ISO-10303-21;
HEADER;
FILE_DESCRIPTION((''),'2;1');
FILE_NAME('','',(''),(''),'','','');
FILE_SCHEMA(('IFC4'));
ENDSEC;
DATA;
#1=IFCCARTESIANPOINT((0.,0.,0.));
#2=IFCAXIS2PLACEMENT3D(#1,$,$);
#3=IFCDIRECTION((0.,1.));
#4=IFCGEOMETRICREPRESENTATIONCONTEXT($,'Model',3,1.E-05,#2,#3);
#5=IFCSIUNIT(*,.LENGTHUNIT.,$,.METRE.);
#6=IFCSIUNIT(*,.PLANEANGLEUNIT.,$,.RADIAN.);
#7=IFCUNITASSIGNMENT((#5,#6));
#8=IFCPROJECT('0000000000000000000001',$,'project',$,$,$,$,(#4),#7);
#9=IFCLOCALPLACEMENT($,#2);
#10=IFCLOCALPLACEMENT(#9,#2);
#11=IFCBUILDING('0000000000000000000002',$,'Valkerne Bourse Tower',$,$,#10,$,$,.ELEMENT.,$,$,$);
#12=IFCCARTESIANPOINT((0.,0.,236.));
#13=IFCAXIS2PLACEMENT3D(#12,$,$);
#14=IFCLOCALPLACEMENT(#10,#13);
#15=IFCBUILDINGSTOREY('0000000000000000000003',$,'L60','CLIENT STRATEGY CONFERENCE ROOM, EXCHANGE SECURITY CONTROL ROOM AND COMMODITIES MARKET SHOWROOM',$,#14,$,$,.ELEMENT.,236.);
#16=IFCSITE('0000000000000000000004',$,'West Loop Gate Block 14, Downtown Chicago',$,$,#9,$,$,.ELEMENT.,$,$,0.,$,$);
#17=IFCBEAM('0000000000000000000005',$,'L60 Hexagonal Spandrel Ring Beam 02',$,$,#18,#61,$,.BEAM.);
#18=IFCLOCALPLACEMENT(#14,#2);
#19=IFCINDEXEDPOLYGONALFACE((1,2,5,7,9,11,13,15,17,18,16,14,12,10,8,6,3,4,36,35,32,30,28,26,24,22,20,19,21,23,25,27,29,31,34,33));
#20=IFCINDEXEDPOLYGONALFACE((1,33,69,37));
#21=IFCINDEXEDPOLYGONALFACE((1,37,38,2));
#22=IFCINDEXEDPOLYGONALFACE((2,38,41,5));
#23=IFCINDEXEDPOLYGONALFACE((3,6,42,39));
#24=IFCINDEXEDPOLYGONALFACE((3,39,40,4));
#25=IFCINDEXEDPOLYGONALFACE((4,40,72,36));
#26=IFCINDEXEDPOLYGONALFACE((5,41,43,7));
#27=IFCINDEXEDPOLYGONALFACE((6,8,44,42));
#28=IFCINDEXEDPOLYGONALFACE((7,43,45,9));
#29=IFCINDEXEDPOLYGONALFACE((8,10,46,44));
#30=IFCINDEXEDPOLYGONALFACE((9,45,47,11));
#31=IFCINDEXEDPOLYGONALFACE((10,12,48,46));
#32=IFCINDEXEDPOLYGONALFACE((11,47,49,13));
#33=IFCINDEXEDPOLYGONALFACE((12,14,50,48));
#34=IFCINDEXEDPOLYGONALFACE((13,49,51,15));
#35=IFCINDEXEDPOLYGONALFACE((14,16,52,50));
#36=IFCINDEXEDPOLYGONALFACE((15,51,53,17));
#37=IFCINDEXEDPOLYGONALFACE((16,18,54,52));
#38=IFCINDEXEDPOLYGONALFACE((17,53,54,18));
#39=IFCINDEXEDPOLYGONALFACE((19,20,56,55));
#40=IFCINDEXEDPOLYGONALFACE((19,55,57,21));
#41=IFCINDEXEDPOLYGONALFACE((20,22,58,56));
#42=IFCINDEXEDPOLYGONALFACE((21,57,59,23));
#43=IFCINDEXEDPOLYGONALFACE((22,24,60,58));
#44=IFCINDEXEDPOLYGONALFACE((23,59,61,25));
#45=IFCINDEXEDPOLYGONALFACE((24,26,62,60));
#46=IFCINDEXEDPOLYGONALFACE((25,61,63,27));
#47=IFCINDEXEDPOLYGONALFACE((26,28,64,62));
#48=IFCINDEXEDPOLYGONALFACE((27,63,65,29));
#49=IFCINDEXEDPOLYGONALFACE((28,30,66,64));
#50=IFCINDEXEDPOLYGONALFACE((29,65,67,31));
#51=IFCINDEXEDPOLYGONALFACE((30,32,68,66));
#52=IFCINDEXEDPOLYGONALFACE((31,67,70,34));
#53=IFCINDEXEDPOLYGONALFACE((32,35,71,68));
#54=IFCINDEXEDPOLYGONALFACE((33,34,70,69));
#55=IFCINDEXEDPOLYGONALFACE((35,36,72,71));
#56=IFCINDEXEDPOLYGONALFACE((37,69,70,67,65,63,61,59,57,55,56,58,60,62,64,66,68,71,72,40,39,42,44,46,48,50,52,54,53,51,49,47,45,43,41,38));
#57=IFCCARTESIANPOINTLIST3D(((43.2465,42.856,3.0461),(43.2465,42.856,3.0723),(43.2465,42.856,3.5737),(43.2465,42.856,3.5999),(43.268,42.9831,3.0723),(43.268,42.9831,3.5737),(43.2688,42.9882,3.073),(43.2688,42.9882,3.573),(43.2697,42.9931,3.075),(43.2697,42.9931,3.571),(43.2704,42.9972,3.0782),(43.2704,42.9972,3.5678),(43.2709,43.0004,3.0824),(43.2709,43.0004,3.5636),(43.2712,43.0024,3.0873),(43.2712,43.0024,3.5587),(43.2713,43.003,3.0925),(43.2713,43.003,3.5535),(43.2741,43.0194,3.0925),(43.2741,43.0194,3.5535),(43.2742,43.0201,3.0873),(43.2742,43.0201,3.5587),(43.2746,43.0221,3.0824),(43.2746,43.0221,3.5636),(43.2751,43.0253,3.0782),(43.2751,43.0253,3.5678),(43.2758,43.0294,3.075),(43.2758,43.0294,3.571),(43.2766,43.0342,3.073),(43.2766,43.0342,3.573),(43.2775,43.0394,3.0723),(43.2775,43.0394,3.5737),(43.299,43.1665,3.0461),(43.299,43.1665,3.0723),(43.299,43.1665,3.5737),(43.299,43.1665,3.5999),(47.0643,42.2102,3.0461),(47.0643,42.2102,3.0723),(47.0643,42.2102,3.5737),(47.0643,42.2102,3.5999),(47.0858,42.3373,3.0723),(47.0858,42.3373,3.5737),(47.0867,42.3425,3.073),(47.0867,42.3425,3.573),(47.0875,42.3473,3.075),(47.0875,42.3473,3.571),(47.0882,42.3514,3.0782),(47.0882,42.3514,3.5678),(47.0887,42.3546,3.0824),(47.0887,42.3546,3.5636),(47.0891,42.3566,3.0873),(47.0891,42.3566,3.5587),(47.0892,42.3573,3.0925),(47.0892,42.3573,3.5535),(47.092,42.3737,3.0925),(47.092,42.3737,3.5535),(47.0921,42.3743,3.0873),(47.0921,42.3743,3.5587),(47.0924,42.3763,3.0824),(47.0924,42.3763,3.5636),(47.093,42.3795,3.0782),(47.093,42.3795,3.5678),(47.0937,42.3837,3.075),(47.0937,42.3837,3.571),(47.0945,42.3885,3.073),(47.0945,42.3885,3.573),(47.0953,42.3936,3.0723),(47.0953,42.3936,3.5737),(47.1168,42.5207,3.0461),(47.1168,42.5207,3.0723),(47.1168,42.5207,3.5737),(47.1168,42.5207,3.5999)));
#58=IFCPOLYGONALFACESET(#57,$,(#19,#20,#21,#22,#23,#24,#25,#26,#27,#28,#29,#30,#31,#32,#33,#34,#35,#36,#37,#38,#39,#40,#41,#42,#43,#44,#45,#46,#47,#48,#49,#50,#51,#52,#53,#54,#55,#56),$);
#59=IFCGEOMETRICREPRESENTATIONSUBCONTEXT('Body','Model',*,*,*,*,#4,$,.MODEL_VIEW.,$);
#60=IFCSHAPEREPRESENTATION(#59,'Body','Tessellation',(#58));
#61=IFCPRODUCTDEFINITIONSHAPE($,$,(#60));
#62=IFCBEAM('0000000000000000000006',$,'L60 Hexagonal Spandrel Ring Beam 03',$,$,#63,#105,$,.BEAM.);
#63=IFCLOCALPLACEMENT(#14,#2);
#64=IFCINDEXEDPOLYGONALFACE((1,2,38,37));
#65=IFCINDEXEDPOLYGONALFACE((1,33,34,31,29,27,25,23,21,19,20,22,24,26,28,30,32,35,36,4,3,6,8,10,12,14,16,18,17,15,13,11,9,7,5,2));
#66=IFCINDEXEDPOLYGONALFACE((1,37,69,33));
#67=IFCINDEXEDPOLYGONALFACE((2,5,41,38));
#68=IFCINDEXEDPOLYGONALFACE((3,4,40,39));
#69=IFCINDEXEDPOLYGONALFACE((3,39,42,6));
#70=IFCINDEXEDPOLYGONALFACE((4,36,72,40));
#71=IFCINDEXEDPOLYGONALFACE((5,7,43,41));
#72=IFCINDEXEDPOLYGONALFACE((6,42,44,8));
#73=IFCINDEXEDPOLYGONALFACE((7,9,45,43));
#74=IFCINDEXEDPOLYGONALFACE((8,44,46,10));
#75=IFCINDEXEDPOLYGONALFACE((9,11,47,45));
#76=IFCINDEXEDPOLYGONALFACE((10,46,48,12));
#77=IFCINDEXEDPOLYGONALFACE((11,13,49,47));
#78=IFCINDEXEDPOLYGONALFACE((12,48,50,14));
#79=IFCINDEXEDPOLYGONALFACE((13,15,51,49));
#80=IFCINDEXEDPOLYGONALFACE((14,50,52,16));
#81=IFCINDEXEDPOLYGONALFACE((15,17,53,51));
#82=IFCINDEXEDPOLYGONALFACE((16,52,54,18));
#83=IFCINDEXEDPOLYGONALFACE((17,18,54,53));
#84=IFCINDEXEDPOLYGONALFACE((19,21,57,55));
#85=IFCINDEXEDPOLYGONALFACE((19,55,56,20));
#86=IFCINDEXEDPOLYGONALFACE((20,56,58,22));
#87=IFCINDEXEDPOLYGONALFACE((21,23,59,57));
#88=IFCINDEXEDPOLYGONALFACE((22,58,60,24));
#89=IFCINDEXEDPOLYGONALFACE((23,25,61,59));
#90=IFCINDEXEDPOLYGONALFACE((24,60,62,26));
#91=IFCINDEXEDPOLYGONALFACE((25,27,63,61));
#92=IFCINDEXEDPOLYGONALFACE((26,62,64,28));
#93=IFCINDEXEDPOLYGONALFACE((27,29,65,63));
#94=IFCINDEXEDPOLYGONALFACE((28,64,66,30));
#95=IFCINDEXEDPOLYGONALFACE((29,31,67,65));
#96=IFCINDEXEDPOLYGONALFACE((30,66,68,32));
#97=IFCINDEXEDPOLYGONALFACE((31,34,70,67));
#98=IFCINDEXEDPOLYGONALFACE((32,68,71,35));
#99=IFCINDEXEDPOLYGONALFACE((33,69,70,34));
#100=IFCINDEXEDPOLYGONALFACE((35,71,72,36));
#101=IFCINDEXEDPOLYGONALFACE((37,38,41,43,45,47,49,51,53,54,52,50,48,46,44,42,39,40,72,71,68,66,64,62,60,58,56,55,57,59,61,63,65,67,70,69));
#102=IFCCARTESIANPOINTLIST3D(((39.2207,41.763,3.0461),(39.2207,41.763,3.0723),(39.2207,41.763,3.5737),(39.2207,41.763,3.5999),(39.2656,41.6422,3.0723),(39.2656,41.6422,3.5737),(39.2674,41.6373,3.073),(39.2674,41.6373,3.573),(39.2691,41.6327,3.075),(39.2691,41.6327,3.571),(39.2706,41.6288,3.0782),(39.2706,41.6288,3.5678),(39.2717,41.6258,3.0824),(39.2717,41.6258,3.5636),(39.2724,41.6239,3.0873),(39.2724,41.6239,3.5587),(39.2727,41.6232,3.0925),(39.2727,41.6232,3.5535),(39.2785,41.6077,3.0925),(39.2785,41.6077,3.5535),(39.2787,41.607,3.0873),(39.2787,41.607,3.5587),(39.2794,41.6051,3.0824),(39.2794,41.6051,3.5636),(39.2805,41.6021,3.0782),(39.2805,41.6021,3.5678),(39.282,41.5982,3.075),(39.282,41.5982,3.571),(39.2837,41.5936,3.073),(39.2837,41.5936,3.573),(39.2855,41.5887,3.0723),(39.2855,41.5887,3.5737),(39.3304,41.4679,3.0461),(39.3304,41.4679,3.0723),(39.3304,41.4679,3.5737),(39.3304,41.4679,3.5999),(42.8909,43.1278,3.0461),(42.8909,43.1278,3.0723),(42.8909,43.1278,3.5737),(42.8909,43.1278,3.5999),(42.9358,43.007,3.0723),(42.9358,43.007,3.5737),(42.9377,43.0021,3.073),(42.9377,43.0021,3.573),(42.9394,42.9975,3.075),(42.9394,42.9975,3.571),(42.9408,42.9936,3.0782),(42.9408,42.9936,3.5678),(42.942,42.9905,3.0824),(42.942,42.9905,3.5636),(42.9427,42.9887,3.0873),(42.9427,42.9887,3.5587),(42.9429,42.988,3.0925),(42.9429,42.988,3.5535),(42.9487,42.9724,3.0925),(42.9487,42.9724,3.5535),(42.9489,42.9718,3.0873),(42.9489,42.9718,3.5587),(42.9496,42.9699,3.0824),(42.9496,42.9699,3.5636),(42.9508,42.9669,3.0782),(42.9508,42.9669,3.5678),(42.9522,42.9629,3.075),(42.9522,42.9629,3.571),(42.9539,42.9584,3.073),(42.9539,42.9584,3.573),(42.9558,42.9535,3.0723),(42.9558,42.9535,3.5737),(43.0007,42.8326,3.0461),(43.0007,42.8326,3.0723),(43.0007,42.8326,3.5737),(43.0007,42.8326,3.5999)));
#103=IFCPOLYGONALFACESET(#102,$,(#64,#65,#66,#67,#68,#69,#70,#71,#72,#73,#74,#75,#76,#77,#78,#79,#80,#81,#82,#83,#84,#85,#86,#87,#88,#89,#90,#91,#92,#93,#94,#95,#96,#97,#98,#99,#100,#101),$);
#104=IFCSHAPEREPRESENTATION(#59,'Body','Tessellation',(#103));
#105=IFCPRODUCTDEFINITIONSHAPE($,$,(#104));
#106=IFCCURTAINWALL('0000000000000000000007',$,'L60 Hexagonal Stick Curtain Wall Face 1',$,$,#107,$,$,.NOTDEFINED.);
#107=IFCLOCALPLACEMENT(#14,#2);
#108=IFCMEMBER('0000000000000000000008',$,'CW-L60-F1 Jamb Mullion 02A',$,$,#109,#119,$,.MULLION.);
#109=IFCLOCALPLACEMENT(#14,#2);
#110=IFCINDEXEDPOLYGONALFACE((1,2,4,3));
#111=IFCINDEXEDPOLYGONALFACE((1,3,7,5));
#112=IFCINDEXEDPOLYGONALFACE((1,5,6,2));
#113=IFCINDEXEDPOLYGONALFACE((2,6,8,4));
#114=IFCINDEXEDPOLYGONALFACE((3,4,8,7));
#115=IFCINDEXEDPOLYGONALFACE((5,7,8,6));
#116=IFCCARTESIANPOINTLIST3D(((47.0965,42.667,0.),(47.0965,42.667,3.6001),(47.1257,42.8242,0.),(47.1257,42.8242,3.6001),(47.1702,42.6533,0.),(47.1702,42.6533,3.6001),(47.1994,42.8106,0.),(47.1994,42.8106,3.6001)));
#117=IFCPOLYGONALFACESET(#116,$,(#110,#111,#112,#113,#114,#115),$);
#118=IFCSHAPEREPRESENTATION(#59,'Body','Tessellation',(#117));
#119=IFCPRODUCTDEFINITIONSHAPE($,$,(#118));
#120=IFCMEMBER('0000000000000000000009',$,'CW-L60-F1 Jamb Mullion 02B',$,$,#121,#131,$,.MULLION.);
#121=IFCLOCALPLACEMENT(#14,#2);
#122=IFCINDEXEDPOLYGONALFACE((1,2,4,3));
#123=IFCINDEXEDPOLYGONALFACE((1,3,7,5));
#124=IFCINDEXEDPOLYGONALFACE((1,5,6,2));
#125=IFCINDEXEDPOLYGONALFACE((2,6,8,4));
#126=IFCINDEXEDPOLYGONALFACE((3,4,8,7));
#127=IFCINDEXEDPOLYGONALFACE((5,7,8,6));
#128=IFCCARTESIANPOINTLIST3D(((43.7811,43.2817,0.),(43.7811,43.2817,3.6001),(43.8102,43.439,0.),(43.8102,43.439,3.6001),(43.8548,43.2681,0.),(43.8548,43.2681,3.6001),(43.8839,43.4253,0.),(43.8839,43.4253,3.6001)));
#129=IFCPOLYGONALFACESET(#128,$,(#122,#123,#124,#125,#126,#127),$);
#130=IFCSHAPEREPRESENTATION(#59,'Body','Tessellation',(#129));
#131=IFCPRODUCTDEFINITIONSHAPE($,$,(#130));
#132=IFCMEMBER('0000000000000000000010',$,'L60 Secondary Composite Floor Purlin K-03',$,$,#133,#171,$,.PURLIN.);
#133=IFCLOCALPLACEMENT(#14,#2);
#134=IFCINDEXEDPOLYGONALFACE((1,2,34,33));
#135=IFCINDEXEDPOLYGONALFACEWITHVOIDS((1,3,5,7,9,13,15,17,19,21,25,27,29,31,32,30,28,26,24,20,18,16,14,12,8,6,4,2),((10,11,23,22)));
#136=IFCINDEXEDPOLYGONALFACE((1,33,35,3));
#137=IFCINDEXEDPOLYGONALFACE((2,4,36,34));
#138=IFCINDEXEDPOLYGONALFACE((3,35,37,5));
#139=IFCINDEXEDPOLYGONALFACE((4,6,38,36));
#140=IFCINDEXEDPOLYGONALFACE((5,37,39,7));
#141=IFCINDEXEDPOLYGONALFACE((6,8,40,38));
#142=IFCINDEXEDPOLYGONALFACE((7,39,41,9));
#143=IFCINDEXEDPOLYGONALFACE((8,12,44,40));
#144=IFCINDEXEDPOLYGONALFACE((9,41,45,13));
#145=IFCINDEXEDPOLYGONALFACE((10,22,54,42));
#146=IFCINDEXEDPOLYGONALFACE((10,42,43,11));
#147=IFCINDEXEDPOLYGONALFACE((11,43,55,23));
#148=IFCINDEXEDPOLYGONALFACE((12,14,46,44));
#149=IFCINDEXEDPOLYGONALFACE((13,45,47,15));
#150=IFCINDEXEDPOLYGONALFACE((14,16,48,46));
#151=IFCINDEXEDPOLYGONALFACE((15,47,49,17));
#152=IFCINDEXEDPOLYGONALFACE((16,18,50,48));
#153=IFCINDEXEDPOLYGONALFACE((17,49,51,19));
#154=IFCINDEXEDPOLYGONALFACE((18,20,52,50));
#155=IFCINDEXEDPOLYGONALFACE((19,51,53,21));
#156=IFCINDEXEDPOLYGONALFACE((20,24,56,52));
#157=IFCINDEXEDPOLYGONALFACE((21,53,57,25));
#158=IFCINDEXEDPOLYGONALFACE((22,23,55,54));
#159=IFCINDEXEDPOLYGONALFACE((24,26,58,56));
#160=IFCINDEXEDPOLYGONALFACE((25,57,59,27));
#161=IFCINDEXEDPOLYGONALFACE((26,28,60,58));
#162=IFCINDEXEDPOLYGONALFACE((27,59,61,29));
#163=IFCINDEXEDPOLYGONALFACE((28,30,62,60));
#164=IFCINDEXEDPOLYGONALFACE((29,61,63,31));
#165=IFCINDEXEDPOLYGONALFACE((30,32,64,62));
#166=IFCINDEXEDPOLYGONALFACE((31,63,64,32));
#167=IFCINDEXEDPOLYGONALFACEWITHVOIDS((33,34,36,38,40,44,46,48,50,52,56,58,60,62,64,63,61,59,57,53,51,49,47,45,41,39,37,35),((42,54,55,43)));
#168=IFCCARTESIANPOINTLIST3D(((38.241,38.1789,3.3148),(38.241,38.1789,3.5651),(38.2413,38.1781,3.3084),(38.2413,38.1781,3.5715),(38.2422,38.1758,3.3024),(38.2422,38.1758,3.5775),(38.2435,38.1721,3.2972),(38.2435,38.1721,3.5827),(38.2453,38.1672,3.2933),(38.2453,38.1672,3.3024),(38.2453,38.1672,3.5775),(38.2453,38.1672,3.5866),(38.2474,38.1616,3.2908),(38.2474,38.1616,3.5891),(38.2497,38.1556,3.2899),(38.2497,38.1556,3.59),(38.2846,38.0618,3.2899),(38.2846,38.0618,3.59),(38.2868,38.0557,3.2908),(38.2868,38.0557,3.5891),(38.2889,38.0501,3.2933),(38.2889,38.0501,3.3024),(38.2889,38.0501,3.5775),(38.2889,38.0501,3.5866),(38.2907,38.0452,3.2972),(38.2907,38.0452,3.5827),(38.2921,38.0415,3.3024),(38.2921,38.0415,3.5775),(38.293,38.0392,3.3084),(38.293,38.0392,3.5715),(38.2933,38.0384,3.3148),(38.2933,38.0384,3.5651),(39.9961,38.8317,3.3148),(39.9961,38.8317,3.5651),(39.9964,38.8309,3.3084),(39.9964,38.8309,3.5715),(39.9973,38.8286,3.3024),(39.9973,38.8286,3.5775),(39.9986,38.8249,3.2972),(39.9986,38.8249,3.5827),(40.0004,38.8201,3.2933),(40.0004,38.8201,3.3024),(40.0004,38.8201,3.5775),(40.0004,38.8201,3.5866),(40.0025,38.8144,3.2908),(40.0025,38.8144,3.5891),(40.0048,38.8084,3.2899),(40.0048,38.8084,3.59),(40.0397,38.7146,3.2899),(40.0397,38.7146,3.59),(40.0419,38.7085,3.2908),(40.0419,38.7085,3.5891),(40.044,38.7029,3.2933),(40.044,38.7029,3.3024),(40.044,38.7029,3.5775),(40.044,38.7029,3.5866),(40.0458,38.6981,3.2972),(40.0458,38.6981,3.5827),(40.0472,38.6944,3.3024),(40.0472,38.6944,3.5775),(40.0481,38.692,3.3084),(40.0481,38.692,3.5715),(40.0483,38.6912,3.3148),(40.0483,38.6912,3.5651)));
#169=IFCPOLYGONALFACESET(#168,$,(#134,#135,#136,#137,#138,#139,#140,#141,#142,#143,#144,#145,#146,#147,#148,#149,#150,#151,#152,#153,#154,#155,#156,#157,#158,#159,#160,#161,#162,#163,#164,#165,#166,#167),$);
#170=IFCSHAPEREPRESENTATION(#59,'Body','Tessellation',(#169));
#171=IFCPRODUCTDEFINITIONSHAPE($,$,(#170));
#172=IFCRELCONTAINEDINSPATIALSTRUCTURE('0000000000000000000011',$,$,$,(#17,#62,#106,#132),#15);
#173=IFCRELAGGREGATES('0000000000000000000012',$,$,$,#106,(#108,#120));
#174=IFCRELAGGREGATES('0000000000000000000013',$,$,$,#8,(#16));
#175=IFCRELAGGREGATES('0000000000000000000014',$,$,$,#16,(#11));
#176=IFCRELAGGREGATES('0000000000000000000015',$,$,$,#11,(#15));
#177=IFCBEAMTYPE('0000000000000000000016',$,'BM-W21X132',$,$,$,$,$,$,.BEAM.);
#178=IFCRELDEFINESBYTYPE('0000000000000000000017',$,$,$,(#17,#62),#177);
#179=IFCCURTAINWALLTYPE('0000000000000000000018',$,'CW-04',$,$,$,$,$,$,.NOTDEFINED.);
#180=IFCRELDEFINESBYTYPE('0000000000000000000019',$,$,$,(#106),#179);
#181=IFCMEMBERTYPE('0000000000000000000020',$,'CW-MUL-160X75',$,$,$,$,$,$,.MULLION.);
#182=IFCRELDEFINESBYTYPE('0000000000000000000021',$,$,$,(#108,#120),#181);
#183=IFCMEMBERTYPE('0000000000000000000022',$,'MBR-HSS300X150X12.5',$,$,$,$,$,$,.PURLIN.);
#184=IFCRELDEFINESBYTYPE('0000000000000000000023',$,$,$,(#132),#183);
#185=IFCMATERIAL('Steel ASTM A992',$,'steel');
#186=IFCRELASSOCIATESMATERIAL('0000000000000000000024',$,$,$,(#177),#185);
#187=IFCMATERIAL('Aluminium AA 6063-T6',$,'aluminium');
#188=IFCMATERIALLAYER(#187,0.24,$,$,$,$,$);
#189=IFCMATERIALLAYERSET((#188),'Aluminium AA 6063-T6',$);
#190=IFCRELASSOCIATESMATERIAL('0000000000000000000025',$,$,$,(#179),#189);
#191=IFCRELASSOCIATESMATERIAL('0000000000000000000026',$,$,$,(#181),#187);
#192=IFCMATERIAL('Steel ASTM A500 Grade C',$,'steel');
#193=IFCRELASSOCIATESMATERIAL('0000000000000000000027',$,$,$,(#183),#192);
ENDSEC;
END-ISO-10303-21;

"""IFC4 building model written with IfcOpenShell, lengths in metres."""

from ifc_helpers import new_model, si_unit, direction, frame, origin, origin_2d, place, context, subcontext, project, spatial, rectangle, hollow_rectangle, i_section, extrude, material, layer, layer_set, material_profile, profile_set, type_object, element, aggregate, save


model = new_model("IFC4")

# Units and contexts
model_context = context("Model", 3, precision=1e-05, world=origin(), true_north=direction((0.0, 1.0)))
body_context = subcontext(model_context, "Body", "Model", "MODEL_VIEW")
ifc_project = project(units=[si_unit("LENGTHUNIT", "METRE"), si_unit("PLANEANGLEUNIT", "RADIAN")], contexts=[model_context])

# Site, building, storey
site_placement = place(None, origin())
site = spatial("IfcSite", under=ifc_project, at=site_placement, Name="West Loop Gate Block 14, Downtown Chicago", CompositionType="ELEMENT", RefElevation=0.0)
building_placement = place(site_placement, origin())
building = spatial("IfcBuilding", under=site, at=building_placement, Name="Valkerne Bourse Tower", CompositionType="ELEMENT")
storey_placement = place(building_placement, frame((0.0, 0.0, 236.0)))
storey = spatial("IfcBuildingStorey", under=building, at=storey_placement, Name="L60", Description="CLIENT STRATEGY CONFERENCE ROOM, EXCHANGE SECURITY CONTROL ROOM AND COMMODITIES MARKET SHOWROOM", CompositionType="ELEMENT", Elevation=236.0)

# Beams
ifc_material_1 = material(Name="Steel ASTM A992", Category="steel")
ifc_material_profile_1 = material_profile(ifc_material_1, i_section(OverallWidth=0.3149, OverallDepth=0.5537, WebThickness=0.0166, FlangeThickness=0.0261, FilletRadius=0.0203, at=origin_2d()), Name="W21X132")
ifc_profile_set_1 = profile_set([ifc_material_profile_1], Name="Steel ASTM A992")
beam_type_1 = type_object("IfcBeamType", Name="BM-W21X132", PredefinedType="BEAM", material=ifc_profile_set_1)
beam_1_placement = place(storey_placement, frame((47.0906, 42.3655, 3.323), z_axis=(-0.985996, 0.166771, 0.0), x_axis=(-0.166771, -0.985996, 0.0)))
element("IfcBeam", 1, at=beam_1_placement, inside=storey, type_object=beam_type_1, Name="L60 Hexagonal Spandrel Ring Beam 02", PredefinedType="BEAM", context=body_context, shape_type="SweptSolid", body=[
    extrude(i_section(OverallWidth=0.3149, OverallDepth=0.5537, WebThickness=0.0166, FlangeThickness=0.0261, FilletRadius=0.0203, at=origin_2d()), origin(), (0.0, 0.0, 1.0), 3.8721),
])
beam_2_placement = place(storey_placement, frame((42.9458, 42.9802, 3.323), z_axis=(-0.937297, -0.348532, 0.0), x_axis=(0.348532, -0.937297, 0.0)))
element("IfcBeam", 2, at=beam_2_placement, inside=storey, type_object=beam_type_1, Name="L60 Hexagonal Spandrel Ring Beam 03", PredefinedType="BEAM", context=body_context, shape_type="SweptSolid", body=[
    extrude(i_section(OverallWidth=0.3149, OverallDepth=0.5537, WebThickness=0.0166, FlangeThickness=0.0261, FilletRadius=0.0203, at=origin_2d()), origin(), (0.0, 0.0, 1.0), 3.9158),
])

# Curtain wall, members
ifc_material_2 = material(Name="Aluminium AA 6063-T6", Category="aluminium")
ifc_layer_1 = layer(ifc_material_2, 0.24)
ifc_layer_set_1 = layer_set([ifc_layer_1], Name="Aluminium AA 6063-T6")
curtain_wall_type = type_object("IfcCurtainWallType", Name="CW-04", PredefinedType="NOTDEFINED", material=ifc_layer_set_1)
curtain_wall_placement = place(storey_placement, origin())
curtain_wall = element("IfcCurtainWall", 3, at=curtain_wall_placement, inside=storey, type_object=curtain_wall_type, Name="L60 Hexagonal Stick Curtain Wall Face 1", PredefinedType="NOTDEFINED")
ifc_material_profile_2 = material_profile(ifc_material_2, rectangle(XDim=0.075, YDim=0.1599, at=origin_2d()), Name="CWM-75X160")
ifc_profile_set_2 = profile_set([ifc_material_profile_2], Name="Aluminium AA 6063-T6")
member_type_1 = type_object("IfcMemberType", Name="CW-MUL-160X75", PredefinedType="MULLION", material=ifc_profile_set_2)
member_1_placement = place(storey_placement, frame((47.1479, 42.7388, 0.0), z_axis=(0.0, 0.0, 1.0), x_axis=(-0.983254, 0.18224, 0.0)))
member_1 = element("IfcMember", 4, at=member_1_placement, type_object=member_type_1, Name="CW-L60-F1 Jamb Mullion 02A", PredefinedType="MULLION", context=body_context, shape_type="SweptSolid", body=[
    extrude(rectangle(XDim=0.075, YDim=0.1599, at=origin_2d()), origin(), (0.0, 0.0, 1.0), 3.6001),
])
member_2_placement = place(storey_placement, frame((43.8325, 43.3535, 0.0), z_axis=(0.0, 0.0, 1.0), x_axis=(-0.983254, 0.18224, 0.0)))
member_2 = element("IfcMember", 5, at=member_2_placement, type_object=member_type_1, Name="CW-L60-F1 Jamb Mullion 02B", PredefinedType="MULLION", context=body_context, shape_type="SweptSolid", body=[
    extrude(rectangle(XDim=0.075, YDim=0.1599, at=origin_2d()), origin(), (0.0, 0.0, 1.0), 3.6001),
])

# Member
ifc_material_3 = material(Name="Steel ASTM A500 Grade C", Category="steel")
ifc_material_profile_3 = material_profile(ifc_material_3, hollow_rectangle(XDim=0.1499, YDim=0.3, WallThickness=0.0125, OuterFilletRadius=0.0249, at=origin_2d()), Name="HSS300X150X12.5")
ifc_profile_set_3 = profile_set([ifc_material_profile_3], Name="Steel ASTM A500 Grade C")
member_type_2 = type_object("IfcMemberType", Name="MBR-HSS300X150X12.5", PredefinedType="PURLIN", material=ifc_profile_set_3)
member_3_placement = place(storey_placement, frame((40.0222, 38.7615, 3.4399), z_axis=(-0.937263, -0.348622, 0.0), x_axis=(0.348622, -0.937263, 0.0)))
element("IfcMember", 6, at=member_3_placement, inside=storey, type_object=member_type_2, Name="L60 Secondary Composite Floor Purlin K-03", PredefinedType="PURLIN", context=body_context, shape_type="SweptSolid", body=[
    extrude(hollow_rectangle(XDim=0.1499, YDim=0.3, WallThickness=0.0125, OuterFilletRadius=0.0249, at=origin_2d()), origin(), (0.0, 0.0, 1.0), 1.8726),
])

aggregate(curtain_wall, [member_1, member_2])

save(model, "model.ifc")
